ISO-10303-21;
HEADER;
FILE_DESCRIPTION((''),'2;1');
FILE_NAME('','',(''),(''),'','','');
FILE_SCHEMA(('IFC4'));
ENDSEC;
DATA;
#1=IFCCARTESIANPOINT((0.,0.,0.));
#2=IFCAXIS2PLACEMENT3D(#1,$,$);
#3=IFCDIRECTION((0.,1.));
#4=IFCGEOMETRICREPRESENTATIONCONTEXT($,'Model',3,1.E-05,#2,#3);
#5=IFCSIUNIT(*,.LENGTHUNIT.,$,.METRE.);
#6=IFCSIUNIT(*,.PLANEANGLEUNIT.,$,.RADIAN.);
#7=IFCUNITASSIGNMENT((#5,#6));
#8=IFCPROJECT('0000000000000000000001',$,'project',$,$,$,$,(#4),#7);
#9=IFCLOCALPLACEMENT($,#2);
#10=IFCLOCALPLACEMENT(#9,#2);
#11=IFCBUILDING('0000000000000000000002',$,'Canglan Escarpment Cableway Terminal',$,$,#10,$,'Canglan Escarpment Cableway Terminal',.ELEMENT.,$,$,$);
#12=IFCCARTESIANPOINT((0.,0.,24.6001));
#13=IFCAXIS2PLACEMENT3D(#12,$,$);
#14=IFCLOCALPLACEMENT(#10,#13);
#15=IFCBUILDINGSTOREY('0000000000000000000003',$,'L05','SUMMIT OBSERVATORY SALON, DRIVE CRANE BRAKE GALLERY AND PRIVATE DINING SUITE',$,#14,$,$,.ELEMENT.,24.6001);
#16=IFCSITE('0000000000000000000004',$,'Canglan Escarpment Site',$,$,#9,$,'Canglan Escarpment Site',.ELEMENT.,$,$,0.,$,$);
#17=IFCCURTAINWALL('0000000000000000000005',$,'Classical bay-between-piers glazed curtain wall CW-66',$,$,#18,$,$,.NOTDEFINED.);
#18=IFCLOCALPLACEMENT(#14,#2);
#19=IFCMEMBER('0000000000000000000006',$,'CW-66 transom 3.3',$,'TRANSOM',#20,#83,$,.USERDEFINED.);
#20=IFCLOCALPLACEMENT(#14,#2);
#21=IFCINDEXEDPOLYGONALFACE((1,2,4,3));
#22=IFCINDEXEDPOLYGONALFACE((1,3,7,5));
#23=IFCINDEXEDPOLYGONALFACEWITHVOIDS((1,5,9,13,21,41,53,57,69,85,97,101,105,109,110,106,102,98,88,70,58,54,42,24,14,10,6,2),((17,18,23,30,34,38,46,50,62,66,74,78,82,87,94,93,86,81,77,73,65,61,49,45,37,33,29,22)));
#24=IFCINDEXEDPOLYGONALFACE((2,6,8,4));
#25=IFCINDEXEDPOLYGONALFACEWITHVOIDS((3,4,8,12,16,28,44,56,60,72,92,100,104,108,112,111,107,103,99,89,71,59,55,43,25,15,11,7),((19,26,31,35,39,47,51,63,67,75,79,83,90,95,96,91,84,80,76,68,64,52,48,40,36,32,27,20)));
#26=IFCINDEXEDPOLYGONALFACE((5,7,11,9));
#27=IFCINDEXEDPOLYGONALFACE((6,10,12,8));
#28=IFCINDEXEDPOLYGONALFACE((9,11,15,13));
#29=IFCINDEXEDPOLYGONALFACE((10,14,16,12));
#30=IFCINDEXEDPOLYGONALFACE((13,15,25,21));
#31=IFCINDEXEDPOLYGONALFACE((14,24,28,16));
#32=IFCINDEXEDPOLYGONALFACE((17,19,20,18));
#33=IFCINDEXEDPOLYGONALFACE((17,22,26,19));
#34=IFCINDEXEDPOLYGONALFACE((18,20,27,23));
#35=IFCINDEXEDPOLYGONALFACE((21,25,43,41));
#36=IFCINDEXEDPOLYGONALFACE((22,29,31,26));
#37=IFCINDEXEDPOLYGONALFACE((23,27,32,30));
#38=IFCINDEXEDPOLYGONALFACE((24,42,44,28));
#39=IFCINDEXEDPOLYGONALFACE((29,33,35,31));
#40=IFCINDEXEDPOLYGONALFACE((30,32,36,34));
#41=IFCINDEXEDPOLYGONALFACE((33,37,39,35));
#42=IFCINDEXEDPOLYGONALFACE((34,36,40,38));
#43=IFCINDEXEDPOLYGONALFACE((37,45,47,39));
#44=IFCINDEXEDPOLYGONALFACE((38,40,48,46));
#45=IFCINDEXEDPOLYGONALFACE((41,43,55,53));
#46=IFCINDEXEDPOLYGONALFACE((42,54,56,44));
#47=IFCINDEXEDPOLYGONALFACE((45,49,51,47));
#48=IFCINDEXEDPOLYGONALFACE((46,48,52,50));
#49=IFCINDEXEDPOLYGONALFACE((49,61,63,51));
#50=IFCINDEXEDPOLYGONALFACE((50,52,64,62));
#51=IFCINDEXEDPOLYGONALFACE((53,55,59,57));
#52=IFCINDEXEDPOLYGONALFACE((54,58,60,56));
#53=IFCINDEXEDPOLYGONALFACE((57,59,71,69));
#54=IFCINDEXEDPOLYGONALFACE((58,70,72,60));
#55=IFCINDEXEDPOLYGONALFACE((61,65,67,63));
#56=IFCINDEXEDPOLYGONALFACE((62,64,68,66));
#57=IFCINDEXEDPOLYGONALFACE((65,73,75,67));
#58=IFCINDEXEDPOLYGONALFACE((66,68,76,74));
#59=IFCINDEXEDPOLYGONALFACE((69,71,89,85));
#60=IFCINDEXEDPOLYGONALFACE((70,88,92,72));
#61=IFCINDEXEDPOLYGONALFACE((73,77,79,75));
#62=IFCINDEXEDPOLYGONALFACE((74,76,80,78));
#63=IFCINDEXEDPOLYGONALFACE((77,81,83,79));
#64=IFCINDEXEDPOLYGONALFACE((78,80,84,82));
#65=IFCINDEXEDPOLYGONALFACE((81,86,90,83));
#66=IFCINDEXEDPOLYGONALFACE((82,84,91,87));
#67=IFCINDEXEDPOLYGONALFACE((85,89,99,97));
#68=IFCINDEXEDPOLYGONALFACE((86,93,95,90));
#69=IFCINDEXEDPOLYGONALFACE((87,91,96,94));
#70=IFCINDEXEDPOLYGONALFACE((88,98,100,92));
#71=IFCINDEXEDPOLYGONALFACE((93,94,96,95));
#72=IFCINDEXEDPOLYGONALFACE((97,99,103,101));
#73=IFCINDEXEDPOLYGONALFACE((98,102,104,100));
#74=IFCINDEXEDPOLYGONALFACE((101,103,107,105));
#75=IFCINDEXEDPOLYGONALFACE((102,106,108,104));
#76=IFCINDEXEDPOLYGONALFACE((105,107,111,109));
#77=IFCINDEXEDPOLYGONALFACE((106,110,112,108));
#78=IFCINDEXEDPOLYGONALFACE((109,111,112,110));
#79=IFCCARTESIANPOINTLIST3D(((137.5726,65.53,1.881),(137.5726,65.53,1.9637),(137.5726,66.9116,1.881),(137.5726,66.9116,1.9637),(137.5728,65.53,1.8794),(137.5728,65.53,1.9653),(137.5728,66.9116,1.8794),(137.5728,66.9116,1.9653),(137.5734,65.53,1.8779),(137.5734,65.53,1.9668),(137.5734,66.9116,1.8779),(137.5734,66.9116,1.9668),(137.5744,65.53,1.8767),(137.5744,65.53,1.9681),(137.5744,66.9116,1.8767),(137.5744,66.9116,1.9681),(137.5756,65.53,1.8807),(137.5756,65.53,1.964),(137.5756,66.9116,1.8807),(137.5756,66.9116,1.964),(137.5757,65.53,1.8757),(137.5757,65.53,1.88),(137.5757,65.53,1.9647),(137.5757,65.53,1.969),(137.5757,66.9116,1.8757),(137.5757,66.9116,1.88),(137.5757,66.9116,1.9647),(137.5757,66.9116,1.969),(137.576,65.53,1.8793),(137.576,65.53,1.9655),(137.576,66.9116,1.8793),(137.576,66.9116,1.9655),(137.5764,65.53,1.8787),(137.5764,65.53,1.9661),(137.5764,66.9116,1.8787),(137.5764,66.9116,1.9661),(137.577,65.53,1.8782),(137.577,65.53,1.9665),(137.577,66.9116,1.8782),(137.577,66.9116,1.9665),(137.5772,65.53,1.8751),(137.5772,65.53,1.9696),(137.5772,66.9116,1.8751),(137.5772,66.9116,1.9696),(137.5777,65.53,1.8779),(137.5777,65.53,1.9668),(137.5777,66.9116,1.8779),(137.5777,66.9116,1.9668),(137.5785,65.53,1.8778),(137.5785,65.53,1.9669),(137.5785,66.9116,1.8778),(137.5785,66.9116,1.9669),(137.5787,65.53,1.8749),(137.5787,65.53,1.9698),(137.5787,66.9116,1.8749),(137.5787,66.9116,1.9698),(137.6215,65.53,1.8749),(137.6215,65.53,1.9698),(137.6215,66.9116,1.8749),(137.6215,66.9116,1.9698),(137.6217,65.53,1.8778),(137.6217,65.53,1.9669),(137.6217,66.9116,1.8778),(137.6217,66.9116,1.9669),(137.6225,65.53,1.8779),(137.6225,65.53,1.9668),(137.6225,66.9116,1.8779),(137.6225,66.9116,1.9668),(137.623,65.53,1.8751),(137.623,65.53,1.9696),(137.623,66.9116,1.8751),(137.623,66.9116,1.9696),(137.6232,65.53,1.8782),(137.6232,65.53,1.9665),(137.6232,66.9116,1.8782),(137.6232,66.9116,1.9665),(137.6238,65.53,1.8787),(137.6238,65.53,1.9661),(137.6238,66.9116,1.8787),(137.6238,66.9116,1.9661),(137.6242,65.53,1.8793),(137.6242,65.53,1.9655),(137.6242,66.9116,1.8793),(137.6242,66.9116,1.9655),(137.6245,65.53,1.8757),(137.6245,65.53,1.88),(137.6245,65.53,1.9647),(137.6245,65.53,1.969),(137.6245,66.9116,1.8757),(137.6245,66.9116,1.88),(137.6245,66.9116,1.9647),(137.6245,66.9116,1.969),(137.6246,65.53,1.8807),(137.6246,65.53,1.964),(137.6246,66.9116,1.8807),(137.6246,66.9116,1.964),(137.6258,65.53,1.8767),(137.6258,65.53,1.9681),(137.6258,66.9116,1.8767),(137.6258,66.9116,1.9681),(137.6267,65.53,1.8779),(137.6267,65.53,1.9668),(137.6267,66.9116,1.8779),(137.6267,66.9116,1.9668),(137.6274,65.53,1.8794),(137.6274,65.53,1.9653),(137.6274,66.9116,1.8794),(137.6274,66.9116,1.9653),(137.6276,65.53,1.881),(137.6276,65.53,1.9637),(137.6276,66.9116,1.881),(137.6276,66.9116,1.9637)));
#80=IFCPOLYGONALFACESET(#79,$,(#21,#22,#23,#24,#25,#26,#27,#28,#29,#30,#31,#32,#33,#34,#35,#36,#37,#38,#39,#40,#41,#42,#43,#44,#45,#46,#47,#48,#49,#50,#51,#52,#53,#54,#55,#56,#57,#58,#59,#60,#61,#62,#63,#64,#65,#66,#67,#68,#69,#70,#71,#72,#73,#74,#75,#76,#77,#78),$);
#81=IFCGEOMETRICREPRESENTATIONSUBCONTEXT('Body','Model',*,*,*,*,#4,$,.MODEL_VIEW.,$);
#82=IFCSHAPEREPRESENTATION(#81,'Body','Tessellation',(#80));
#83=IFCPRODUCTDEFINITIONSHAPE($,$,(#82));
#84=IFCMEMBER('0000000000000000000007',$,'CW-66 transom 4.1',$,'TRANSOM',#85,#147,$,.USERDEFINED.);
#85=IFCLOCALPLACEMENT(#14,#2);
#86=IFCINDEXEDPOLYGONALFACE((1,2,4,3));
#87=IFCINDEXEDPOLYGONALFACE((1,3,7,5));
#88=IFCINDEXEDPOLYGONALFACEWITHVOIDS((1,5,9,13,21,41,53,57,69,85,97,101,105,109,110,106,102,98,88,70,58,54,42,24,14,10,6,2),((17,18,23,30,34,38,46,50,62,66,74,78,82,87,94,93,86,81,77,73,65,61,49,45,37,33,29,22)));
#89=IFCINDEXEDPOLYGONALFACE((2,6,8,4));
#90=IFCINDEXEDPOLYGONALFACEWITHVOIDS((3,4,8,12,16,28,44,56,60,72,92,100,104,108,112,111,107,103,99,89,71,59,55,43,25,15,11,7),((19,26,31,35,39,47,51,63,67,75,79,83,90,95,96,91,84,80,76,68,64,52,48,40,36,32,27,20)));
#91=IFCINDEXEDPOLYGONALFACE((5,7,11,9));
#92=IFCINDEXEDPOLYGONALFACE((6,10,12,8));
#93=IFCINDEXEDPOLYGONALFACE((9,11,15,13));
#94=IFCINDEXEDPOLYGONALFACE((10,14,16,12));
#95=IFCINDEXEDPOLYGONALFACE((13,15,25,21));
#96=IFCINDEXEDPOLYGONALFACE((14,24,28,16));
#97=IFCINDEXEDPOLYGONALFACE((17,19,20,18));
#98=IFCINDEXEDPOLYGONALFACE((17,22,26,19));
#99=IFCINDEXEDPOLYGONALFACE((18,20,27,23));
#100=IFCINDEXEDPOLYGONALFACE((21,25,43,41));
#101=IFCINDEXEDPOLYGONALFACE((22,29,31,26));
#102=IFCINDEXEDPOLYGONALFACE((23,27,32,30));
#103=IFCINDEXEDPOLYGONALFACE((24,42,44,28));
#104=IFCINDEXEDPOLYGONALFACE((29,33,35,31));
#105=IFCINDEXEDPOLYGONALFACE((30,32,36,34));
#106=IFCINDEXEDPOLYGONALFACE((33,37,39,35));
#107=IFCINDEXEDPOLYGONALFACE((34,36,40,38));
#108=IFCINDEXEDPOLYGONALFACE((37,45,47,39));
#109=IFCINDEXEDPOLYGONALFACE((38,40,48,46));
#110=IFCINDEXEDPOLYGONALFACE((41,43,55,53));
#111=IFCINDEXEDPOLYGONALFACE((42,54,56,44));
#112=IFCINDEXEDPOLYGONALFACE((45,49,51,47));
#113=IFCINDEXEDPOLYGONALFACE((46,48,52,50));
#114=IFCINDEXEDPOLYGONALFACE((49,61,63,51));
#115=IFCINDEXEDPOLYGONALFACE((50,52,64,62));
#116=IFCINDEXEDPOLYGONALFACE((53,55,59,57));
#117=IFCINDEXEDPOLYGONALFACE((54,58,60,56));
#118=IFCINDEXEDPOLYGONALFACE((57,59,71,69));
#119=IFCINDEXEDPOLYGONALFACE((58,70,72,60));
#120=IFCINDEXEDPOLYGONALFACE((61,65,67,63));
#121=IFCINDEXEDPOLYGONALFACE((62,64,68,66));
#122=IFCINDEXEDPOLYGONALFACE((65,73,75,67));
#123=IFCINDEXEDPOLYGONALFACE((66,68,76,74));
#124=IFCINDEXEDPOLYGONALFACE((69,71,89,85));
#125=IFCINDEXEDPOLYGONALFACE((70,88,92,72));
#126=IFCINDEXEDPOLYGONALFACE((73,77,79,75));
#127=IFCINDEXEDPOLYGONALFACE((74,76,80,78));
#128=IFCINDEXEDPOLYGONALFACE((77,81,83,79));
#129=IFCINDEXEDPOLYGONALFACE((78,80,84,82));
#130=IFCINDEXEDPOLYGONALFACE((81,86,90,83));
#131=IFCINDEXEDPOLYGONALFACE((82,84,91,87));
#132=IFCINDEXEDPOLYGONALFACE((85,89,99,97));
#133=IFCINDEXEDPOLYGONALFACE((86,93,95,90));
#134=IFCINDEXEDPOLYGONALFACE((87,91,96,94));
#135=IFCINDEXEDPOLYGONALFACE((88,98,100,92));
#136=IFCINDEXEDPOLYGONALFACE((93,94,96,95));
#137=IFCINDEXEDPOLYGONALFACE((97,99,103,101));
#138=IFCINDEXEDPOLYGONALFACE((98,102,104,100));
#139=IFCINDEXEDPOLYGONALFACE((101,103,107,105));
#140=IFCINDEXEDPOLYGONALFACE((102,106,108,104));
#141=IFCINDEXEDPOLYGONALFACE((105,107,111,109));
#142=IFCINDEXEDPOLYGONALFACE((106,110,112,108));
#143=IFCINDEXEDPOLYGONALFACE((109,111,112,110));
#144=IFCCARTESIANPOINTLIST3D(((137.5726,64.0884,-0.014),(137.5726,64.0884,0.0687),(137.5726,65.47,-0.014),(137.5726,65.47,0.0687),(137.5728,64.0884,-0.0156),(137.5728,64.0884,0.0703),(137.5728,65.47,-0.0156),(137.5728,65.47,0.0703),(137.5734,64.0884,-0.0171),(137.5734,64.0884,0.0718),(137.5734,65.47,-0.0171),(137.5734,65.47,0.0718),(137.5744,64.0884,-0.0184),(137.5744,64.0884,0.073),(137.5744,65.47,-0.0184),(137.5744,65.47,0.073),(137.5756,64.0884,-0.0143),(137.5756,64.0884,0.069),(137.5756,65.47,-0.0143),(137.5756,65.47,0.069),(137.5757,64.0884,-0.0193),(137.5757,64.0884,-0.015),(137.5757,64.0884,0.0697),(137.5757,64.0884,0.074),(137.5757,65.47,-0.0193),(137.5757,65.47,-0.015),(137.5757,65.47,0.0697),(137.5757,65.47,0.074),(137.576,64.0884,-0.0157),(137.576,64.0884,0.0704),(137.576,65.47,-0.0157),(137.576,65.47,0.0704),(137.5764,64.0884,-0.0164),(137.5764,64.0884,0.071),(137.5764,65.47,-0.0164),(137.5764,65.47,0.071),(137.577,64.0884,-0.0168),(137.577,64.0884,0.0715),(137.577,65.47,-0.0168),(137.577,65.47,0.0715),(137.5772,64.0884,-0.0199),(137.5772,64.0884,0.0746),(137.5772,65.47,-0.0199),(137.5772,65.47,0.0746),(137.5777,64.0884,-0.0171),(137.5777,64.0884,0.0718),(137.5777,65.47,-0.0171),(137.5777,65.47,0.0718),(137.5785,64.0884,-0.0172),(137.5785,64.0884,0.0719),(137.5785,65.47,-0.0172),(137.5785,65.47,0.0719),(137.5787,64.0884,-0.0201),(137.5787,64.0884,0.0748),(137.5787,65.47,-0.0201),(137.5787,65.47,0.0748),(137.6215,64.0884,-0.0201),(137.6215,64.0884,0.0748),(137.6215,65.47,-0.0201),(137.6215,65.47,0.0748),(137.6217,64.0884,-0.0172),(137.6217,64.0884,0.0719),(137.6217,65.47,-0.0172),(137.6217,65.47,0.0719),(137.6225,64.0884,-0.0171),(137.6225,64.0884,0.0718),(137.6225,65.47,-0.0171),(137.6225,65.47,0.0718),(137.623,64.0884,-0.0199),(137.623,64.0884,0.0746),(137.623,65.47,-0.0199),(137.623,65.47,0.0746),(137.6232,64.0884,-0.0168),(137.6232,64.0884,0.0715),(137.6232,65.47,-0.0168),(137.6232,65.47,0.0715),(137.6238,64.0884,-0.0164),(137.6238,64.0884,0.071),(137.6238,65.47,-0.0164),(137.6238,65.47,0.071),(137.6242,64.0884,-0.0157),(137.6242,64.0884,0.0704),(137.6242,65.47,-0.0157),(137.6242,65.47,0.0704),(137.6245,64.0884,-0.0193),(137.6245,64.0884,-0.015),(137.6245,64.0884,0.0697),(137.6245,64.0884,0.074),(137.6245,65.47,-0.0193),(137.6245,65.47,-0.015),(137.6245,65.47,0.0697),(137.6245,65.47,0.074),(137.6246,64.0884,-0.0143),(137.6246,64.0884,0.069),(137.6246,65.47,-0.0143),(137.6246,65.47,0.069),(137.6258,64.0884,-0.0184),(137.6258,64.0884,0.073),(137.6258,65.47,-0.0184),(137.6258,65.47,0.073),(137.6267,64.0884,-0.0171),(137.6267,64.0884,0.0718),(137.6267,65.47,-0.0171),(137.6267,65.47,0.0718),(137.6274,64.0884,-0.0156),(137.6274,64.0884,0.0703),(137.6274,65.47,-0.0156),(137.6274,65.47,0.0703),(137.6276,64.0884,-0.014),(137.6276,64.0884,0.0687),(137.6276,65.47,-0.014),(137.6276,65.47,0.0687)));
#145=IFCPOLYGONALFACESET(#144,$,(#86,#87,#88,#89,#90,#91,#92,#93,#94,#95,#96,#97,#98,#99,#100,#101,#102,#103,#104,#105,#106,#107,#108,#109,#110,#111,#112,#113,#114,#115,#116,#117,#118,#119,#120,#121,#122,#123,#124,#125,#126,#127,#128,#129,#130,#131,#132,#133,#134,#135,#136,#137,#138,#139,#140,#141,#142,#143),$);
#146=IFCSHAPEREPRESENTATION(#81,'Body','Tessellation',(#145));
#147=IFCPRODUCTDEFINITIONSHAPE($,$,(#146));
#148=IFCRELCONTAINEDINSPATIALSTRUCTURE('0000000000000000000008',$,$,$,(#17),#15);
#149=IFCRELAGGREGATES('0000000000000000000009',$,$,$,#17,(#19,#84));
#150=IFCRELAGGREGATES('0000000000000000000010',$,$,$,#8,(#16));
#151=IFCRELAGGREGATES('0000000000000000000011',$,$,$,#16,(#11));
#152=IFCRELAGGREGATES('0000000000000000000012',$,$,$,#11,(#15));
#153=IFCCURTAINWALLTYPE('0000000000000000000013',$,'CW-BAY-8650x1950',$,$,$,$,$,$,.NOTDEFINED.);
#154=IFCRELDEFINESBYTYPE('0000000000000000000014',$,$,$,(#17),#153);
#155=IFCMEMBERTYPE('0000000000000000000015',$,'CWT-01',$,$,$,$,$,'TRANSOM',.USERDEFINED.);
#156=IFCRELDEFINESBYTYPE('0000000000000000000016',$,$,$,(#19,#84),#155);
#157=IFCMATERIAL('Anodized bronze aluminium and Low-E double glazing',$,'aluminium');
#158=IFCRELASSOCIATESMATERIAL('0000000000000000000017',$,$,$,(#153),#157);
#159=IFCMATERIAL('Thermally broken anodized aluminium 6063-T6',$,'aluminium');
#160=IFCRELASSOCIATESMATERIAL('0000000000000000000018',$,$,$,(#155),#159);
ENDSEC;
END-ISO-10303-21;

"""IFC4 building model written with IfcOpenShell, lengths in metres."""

from ifc_helpers import new_model, si_unit, direction, frame, origin, origin_2d, place, context, subcontext, project, spatial, hollow_rectangle, extrude, material, material_profile, profile_set, type_object, element, aggregate, save


model = new_model("IFC4")

# Units and contexts
model_context = context("Model", 3, precision=1e-05, world=origin(), true_north=direction((0.0, 1.0)))
body_context = subcontext(model_context, "Body", "Model", "MODEL_VIEW")
ifc_project = project(units=[si_unit("LENGTHUNIT", "METRE"), si_unit("PLANEANGLEUNIT", "RADIAN")], contexts=[model_context])

# Site, building, storey
site_placement = place(None, origin())
site = spatial("IfcSite", under=ifc_project, at=site_placement, Name="Canglan Escarpment Site", LongName="Canglan Escarpment Site", CompositionType="ELEMENT", RefElevation=0.0)
building_placement = place(site_placement, origin())
building = spatial("IfcBuilding", under=site, at=building_placement, Name="Canglan Escarpment Cableway Terminal", LongName="Canglan Escarpment Cableway Terminal", CompositionType="ELEMENT")
storey_placement = place(building_placement, frame((0.0, 0.0, 24.6001)))
storey = spatial("IfcBuildingStorey", under=building, at=storey_placement, Name="L05", Description="SUMMIT OBSERVATORY SALON, DRIVE CRANE BRAKE GALLERY AND PRIVATE DINING SUITE", CompositionType="ELEMENT", Elevation=24.6001)

# Curtain wall, members
ifc_material_1 = material(Name="Anodized bronze aluminium and Low-E double glazing", Category="aluminium")
curtain_wall_type = type_object("IfcCurtainWallType", Name="CW-BAY-8650x1950", PredefinedType="NOTDEFINED", material=ifc_material_1)
curtain_wall_placement = place(storey_placement, origin())
curtain_wall = element("IfcCurtainWall", 1, at=curtain_wall_placement, inside=storey, type_object=curtain_wall_type, Name="Classical bay-between-piers glazed curtain wall CW-66", PredefinedType="NOTDEFINED")
ifc_material_2 = material(Name="Thermally broken anodized aluminium 6063-T6", Category="aluminium")
ifc_material_profile_1 = material_profile(ifc_material_2, hollow_rectangle(XDim=0.0549, YDim=0.095, WallThickness=0.0029, InnerFilletRadius=0.0029, OuterFilletRadius=0.0061, at=origin_2d()), Name="ALU-TRAN 55x95x3")
ifc_profile_set_1 = profile_set([ifc_material_profile_1], Name="Thermally broken anodized aluminium 6063-T6")
member_type_1 = type_object("IfcMemberType", Name="CWT-01", ElementType="TRANSOM", PredefinedType="USERDEFINED", material=ifc_profile_set_1)
member_1_placement = place(storey_placement, frame((137.6001, 66.9116, 1.9224), z_axis=(0.0, -1.0, 0.0), x_axis=(1.0, 0.0, 0.0)))
member_1 = element("IfcMember", 2, at=member_1_placement, type_object=member_type_1, Name="CW-66 transom 3.3", ObjectType="TRANSOM", PredefinedType="USERDEFINED", context=body_context, shape_type="SweptSolid", body=[
    extrude(hollow_rectangle(XDim=0.0549, YDim=0.095, WallThickness=0.0029, InnerFilletRadius=0.0029, OuterFilletRadius=0.0061, at=origin_2d()), origin(), (0.0, 0.0, 1.0), 1.3816),
])
member_2_placement = place(storey_placement, frame((137.6001, 65.47, 0.0273), z_axis=(0.0, -1.0, 0.0), x_axis=(1.0, 0.0, 0.0)))
member_2 = element("IfcMember", 3, at=member_2_placement, type_object=member_type_1, Name="CW-66 transom 4.1", ObjectType="TRANSOM", PredefinedType="USERDEFINED", context=body_context, shape_type="SweptSolid", body=[
    extrude(hollow_rectangle(XDim=0.0549, YDim=0.095, WallThickness=0.0029, InnerFilletRadius=0.0029, OuterFilletRadius=0.0061, at=origin_2d()), origin(), (0.0, 0.0, 1.0), 1.3816),
])
aggregate(curtain_wall, [member_1, member_2])

save(model, "model.ifc")
